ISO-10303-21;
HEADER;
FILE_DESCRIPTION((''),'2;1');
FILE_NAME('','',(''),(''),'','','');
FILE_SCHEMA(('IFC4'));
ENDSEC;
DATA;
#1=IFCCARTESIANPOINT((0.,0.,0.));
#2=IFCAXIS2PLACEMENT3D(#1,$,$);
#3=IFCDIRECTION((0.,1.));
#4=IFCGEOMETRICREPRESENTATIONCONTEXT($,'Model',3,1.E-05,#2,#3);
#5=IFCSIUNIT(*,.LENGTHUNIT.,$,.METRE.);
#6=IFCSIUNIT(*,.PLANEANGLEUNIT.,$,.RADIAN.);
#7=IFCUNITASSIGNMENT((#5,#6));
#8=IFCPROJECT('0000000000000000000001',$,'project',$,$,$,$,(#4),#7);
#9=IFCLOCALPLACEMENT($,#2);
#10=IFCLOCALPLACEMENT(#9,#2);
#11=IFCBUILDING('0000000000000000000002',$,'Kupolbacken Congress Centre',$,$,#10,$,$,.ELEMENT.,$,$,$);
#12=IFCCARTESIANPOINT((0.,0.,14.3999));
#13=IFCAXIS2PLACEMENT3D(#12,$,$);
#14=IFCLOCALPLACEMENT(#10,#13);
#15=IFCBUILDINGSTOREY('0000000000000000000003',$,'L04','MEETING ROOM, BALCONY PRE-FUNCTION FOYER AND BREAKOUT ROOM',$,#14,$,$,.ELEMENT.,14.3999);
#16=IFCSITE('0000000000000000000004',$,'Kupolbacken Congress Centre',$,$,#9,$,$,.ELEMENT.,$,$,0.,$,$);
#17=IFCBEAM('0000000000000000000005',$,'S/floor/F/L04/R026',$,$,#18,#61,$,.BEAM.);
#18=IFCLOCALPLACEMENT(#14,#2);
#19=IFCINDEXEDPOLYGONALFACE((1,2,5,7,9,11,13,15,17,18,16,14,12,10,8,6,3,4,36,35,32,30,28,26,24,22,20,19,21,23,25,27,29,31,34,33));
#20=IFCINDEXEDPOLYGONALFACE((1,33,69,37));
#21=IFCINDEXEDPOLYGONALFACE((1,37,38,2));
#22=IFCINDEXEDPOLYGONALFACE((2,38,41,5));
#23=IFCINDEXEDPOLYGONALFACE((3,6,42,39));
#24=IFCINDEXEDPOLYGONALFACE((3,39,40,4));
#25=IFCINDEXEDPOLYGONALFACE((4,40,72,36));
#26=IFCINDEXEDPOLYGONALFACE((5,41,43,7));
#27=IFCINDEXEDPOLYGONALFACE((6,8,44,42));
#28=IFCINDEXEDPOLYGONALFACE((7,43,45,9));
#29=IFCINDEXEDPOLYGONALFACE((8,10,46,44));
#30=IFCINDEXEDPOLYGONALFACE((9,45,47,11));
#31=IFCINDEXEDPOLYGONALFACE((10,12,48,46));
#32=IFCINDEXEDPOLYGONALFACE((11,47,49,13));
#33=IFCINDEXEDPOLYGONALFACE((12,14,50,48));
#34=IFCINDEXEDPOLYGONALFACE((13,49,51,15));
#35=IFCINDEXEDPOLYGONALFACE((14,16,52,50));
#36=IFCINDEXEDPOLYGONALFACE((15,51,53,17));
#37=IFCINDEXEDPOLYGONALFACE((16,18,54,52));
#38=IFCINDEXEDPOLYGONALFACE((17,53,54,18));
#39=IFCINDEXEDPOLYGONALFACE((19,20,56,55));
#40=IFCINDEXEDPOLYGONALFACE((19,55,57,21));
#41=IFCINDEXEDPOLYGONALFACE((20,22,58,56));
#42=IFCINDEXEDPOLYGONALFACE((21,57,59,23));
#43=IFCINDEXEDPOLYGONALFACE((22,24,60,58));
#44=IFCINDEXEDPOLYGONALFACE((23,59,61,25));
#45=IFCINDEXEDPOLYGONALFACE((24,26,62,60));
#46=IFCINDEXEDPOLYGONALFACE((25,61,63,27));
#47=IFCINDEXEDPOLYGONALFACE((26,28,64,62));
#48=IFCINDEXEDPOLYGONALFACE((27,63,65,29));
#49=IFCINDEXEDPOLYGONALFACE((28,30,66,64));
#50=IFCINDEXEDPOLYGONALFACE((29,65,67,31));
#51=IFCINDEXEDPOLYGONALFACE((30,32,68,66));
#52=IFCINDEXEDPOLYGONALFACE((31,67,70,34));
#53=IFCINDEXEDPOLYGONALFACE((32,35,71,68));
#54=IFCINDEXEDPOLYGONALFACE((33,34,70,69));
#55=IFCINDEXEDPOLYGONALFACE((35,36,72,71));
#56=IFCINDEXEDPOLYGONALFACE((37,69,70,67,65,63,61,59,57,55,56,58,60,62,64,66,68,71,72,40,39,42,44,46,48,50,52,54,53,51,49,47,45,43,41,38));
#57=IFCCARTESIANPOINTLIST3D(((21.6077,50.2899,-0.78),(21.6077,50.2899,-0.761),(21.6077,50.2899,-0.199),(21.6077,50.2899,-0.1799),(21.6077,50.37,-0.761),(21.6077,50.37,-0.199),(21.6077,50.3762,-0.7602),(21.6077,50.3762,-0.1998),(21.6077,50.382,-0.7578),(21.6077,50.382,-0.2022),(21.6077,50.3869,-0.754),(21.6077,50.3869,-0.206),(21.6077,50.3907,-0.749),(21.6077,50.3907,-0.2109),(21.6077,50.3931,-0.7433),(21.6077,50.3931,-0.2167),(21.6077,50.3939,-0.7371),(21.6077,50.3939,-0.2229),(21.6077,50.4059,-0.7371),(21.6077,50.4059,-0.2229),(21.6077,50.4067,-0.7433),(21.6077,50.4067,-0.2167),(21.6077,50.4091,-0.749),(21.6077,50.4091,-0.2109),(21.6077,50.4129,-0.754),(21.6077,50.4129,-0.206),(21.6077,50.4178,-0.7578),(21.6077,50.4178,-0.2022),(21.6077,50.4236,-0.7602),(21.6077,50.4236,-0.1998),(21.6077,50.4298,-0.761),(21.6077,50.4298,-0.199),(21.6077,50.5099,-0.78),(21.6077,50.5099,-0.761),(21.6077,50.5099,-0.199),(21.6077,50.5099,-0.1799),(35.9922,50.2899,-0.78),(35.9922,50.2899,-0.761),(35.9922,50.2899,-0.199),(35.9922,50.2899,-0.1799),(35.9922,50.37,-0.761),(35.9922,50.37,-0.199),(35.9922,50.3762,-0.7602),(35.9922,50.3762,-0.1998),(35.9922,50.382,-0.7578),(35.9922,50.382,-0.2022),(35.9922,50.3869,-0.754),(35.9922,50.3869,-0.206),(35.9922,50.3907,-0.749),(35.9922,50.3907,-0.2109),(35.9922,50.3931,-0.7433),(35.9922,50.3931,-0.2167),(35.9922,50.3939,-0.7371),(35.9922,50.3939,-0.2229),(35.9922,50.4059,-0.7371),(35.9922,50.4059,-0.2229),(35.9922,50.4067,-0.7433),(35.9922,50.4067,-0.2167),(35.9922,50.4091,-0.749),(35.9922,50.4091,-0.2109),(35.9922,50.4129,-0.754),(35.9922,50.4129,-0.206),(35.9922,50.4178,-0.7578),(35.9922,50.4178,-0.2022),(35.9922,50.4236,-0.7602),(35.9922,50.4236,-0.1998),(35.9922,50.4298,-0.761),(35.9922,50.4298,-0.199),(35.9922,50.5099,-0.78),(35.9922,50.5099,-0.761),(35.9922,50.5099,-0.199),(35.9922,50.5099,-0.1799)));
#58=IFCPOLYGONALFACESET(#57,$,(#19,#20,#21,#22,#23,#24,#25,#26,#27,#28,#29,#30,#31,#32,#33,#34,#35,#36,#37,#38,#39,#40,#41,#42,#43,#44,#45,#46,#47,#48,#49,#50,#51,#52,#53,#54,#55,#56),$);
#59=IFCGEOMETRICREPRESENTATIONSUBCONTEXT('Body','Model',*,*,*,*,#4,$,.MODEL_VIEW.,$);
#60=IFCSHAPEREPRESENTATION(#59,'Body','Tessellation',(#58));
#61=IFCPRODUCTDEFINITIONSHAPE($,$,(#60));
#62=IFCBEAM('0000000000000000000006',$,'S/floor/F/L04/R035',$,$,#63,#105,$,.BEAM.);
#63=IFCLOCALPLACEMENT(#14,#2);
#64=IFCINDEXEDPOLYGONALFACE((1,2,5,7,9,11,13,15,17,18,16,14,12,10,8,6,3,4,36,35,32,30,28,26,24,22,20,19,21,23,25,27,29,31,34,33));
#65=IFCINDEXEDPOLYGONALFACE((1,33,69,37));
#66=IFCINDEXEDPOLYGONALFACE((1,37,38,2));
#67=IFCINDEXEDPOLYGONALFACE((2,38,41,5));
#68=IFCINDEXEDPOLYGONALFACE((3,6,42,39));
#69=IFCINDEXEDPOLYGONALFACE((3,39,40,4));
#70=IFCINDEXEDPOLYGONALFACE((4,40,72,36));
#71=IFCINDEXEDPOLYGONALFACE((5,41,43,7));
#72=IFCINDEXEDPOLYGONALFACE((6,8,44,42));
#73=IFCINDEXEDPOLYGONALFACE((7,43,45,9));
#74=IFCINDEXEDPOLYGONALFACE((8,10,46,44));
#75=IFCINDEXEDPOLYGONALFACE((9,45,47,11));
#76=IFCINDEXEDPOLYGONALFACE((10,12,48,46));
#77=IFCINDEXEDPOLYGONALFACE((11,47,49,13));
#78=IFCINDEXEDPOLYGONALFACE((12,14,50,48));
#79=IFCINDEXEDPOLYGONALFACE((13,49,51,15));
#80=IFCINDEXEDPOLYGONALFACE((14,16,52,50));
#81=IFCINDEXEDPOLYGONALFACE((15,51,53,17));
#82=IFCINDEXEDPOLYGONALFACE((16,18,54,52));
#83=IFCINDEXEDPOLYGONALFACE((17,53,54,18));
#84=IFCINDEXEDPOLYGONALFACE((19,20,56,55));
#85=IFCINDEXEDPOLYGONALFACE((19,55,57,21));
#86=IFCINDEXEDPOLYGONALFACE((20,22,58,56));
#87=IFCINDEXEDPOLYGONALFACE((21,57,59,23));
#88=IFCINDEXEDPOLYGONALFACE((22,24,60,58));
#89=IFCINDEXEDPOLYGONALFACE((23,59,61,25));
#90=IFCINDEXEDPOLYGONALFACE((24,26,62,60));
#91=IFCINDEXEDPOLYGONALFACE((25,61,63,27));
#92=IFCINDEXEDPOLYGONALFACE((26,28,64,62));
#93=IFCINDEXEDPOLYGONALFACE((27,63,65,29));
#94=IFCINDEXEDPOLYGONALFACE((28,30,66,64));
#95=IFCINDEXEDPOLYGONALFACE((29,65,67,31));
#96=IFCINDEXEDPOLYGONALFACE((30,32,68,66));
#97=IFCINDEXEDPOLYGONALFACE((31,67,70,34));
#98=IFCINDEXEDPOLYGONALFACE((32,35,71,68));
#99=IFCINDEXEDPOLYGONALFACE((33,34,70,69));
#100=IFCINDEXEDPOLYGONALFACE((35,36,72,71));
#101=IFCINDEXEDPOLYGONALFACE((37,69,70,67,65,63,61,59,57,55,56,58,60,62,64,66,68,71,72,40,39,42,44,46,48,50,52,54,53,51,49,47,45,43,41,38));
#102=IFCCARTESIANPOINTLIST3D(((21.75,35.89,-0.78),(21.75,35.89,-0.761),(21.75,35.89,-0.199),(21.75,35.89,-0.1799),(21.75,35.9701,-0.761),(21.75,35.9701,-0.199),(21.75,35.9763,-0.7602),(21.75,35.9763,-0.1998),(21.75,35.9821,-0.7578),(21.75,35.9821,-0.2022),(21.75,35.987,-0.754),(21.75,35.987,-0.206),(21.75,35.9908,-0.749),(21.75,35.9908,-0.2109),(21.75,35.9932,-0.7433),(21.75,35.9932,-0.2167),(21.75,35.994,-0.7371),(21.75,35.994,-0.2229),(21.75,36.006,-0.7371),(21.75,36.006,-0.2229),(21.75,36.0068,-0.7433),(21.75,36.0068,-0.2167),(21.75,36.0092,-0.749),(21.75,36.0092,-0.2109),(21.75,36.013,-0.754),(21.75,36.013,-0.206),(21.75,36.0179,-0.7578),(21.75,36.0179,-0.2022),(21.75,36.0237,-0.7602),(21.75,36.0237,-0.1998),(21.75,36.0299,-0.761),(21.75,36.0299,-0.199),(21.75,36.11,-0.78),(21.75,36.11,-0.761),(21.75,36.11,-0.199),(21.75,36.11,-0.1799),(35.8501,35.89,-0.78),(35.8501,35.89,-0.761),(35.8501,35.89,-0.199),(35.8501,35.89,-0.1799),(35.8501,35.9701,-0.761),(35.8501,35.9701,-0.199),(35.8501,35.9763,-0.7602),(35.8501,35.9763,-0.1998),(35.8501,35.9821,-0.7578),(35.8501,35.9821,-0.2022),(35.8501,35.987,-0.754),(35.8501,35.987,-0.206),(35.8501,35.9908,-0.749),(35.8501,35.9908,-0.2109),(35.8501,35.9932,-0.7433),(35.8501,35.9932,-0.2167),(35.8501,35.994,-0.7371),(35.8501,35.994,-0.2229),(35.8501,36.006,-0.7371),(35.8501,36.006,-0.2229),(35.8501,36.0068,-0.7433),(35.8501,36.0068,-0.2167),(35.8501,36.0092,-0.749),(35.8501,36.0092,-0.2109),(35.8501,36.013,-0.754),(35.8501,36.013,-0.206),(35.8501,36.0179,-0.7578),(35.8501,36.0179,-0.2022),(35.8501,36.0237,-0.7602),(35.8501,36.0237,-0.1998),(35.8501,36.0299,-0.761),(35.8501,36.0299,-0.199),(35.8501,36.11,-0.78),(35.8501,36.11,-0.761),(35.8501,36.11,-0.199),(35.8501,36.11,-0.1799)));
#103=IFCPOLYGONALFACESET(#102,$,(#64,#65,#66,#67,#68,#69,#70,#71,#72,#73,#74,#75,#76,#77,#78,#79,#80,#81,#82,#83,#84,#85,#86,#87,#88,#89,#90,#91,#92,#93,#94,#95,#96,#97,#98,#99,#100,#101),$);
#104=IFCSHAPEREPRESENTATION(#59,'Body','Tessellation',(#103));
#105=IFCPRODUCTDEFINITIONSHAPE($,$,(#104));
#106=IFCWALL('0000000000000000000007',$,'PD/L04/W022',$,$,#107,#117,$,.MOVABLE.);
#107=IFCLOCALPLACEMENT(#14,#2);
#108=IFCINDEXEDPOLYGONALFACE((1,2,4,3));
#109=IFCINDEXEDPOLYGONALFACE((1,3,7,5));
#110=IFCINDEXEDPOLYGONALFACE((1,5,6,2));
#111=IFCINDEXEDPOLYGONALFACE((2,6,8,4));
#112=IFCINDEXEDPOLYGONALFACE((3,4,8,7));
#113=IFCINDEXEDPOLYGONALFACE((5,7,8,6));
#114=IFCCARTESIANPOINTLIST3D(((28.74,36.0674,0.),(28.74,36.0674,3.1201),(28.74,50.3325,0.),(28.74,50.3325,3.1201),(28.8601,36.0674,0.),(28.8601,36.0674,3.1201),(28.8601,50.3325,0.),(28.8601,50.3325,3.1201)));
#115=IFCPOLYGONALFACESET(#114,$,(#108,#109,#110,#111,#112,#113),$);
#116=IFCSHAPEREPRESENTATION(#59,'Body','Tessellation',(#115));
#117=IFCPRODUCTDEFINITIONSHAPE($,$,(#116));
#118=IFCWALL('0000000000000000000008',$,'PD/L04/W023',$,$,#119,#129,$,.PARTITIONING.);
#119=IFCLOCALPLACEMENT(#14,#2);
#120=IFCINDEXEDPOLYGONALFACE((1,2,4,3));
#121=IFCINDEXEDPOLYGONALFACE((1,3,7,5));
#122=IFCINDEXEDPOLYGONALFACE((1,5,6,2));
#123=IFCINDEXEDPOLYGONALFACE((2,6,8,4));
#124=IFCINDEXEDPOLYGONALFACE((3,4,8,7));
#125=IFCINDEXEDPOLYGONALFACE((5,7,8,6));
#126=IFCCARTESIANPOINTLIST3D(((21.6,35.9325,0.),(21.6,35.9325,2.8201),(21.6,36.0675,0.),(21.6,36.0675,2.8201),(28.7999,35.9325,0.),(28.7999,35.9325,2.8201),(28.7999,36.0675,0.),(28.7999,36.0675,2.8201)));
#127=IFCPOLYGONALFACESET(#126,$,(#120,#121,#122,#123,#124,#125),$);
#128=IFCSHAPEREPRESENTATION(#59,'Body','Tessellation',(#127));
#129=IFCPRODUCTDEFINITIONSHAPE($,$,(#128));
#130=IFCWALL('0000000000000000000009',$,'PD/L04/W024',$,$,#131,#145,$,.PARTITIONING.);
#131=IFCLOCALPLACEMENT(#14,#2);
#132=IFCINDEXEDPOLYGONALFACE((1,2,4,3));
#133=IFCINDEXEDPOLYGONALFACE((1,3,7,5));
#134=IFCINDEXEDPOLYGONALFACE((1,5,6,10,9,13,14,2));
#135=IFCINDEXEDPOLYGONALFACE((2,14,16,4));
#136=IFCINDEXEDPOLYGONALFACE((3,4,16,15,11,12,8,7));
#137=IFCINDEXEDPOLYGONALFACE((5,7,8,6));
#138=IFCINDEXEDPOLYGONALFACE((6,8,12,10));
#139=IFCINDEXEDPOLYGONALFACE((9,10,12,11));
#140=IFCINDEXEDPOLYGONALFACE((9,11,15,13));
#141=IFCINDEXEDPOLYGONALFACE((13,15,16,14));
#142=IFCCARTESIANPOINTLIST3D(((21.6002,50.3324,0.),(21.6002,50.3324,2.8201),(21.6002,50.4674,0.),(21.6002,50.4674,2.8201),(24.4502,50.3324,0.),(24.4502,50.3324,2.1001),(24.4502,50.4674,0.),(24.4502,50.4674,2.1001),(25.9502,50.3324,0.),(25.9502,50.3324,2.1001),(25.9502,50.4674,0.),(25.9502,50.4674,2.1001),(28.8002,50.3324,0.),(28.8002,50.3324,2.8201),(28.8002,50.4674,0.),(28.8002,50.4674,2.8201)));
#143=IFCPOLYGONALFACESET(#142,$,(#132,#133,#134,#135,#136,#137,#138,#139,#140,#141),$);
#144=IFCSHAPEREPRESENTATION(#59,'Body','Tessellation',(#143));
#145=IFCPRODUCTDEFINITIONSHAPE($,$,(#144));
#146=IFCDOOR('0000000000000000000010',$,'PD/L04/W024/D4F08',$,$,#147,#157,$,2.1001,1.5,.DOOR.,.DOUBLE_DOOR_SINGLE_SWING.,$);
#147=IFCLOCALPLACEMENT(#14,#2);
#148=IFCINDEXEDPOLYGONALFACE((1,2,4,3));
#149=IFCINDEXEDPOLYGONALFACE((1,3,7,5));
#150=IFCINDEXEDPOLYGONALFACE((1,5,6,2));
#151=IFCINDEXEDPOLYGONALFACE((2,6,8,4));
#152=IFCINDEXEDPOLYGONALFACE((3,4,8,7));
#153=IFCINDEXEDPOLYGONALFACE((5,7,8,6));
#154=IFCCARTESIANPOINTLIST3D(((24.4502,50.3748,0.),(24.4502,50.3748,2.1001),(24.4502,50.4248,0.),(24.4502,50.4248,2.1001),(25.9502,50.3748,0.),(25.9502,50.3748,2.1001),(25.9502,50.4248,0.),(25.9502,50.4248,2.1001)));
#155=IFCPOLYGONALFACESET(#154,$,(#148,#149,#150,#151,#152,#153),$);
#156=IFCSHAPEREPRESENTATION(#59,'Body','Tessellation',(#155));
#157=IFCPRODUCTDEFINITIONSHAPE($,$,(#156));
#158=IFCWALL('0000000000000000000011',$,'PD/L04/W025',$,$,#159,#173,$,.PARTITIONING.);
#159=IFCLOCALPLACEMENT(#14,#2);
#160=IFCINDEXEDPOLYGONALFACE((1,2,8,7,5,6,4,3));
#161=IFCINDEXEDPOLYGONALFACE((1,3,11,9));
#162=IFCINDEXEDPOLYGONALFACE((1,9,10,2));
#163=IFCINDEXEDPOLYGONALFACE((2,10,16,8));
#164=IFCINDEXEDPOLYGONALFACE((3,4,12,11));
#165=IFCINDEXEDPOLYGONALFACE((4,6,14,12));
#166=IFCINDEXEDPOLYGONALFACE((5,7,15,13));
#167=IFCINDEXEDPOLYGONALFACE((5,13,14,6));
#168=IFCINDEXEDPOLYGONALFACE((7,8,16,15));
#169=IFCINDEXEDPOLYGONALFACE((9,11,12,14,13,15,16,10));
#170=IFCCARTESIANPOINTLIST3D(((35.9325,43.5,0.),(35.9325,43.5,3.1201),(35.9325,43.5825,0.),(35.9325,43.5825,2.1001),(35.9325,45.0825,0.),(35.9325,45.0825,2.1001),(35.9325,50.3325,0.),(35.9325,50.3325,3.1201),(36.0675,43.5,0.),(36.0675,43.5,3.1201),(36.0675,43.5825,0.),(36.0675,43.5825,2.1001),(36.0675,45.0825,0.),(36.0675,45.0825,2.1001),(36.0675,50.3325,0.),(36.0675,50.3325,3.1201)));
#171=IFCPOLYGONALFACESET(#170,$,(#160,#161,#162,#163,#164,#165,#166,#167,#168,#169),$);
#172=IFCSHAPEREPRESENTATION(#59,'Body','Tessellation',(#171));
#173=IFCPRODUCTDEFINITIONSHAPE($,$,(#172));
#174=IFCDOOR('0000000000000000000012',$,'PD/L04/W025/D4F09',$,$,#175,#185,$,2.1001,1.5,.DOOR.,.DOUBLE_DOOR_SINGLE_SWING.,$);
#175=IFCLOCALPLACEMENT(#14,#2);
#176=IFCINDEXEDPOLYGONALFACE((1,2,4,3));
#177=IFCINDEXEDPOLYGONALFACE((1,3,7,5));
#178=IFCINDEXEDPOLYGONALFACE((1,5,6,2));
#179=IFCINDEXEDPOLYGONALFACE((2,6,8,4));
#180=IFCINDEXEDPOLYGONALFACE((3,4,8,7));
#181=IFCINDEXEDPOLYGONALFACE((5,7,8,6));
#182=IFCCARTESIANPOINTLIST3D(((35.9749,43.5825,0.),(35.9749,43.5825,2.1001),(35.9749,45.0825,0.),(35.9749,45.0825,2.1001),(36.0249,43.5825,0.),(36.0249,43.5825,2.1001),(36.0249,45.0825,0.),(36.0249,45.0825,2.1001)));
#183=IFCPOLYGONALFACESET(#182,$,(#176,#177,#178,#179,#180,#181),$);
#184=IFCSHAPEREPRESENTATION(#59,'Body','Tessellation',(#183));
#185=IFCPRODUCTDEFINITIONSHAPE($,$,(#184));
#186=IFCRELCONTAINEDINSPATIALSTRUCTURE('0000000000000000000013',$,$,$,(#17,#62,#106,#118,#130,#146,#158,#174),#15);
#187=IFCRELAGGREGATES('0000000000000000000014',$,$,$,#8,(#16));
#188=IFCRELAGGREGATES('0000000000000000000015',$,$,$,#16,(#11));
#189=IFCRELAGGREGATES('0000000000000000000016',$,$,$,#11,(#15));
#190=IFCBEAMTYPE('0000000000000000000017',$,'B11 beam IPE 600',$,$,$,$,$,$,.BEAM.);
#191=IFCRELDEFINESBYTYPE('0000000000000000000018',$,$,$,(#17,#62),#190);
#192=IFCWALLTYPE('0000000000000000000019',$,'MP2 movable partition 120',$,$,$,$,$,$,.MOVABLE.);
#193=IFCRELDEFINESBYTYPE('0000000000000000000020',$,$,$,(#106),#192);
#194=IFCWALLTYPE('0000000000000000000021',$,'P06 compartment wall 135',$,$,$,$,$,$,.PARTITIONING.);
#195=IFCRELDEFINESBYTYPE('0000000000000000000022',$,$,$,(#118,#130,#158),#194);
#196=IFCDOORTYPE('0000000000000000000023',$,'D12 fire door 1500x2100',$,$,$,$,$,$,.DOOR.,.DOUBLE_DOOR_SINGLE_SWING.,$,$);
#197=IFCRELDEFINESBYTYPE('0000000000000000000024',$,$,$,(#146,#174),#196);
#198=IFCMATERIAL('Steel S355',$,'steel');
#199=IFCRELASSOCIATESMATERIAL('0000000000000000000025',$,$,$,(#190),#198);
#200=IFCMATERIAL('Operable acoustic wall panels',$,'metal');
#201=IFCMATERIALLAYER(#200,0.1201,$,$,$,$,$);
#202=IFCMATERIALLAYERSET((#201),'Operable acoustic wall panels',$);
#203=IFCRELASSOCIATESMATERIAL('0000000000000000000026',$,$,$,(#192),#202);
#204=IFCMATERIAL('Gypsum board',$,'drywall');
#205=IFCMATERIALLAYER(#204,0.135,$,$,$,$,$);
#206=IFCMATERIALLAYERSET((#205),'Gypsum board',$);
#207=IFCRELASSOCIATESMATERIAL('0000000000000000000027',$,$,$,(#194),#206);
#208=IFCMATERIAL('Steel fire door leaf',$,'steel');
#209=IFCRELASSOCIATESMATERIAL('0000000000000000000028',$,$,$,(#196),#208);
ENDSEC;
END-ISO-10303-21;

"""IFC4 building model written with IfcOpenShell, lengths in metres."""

from ifc_helpers import new_model, si_unit, direction, frame, frame_2d, origin, origin_2d, place, context, subcontext, project, spatial, rectangle, i_section, extrude, material, layer, layer_set, material_profile, profile_set, type_object, element, fill, save


model = new_model("IFC4")

# Units and contexts
model_context = context("Model", 3, precision=1e-05, world=origin(), true_north=direction((0.0, 1.0)))
body_context = subcontext(model_context, "Body", "Model", "MODEL_VIEW")
ifc_project = project(units=[si_unit("LENGTHUNIT", "METRE"), si_unit("PLANEANGLEUNIT", "RADIAN")], contexts=[model_context])

# Site, building, storey
site_placement = place(None, origin())
site = spatial("IfcSite", under=ifc_project, at=site_placement, Name="Kupolbacken Congress Centre", CompositionType="ELEMENT", RefElevation=0.0)
building_placement = place(site_placement, origin())
building = spatial("IfcBuilding", under=site, at=building_placement, Name="Kupolbacken Congress Centre", CompositionType="ELEMENT")
storey_placement = place(building_placement, frame((0.0, 0.0, 14.3999)))
storey = spatial("IfcBuildingStorey", under=building, at=storey_placement, Name="L04", Description="MEETING ROOM, BALCONY PRE-FUNCTION FOYER AND BREAKOUT ROOM", CompositionType="ELEMENT", Elevation=14.3999)

# Beams
ifc_material_1 = material(Name="Steel S355", Category="steel")
ifc_material_profile_1 = material_profile(ifc_material_1, i_section(OverallWidth=0.22, OverallDepth=0.6001, WebThickness=0.012, FlangeThickness=0.019, FilletRadius=0.0239, at=origin_2d()), Name="IPE 600")
ifc_profile_set_1 = profile_set([ifc_material_profile_1], Name="Steel S355")
beam_type_1 = type_object("IfcBeamType", Name="B11 beam IPE 600", PredefinedType="BEAM", material=ifc_profile_set_1)
for number, where, z_axis, x_axis, name in (
    (1, (21.6077, 50.3999, -0.48), (1.0, 0.0, 0.0), (0.0, 1.0, 0.0), "S/floor/F/L04/R026"),
):
    element("IfcBeam", number, at=place(storey_placement, frame(where, z_axis=z_axis, x_axis=x_axis)), inside=storey, type_object=beam_type_1, Name=name, PredefinedType="BEAM", context=body_context, shape_type="SweptSolid", body=[
        extrude(i_section(OverallWidth=0.22, OverallDepth=0.6001, WebThickness=0.012, FlangeThickness=0.019, FilletRadius=0.0239, at=origin_2d()), origin(), (0.0, 0.0, 1.0), 14.3845),
    ])
beam_1_placement = place(storey_placement, frame((21.75, 36.0, -0.48), z_axis=(1.0, 0.0, 0.0), x_axis=(0.0, 1.0, 0.0)))
element("IfcBeam", 2, at=beam_1_placement, inside=storey, type_object=beam_type_1, Name="S/floor/F/L04/R035", PredefinedType="BEAM", context=body_context, shape_type="SweptSolid", body=[
    extrude(i_section(OverallWidth=0.22, OverallDepth=0.6001, WebThickness=0.012, FlangeThickness=0.019, FilletRadius=0.0239, at=origin_2d()), origin(), (0.0, 0.0, 1.0), 14.1001),
])

# Walls
ifc_material_2 = material(Name="Operable acoustic wall panels", Category="metal")
ifc_layer_1 = layer(ifc_material_2, 0.1201)
ifc_layer_set_1 = layer_set([ifc_layer_1], Name="Operable acoustic wall panels")
wall_type_1 = type_object("IfcWallType", Name="MP2 movable partition 120", PredefinedType="MOVABLE", material=ifc_layer_set_1)
wall_1_placement = place(storey_placement, frame((28.8, 50.3325, 0.0), z_axis=(0.0, 0.0, 1.0), x_axis=(0.0, -1.0, 0.0)))
element("IfcWall", 3, at=wall_1_placement, inside=storey, type_object=wall_type_1, Name="PD/L04/W022", PredefinedType="MOVABLE", context=body_context, shape_type="SweptSolid", body=[
    extrude(rectangle(XDim=14.2651, YDim=0.1201, at=frame_2d((7.1326, 0.0))), origin(), (0.0, 0.0, 1.0), 3.1201),
])
ifc_material_3 = material(Name="Gypsum board", Category="drywall")
ifc_layer_2 = layer(ifc_material_3, 0.135)
ifc_layer_set_2 = layer_set([ifc_layer_2], Name="Gypsum board")
wall_type_2 = type_object("IfcWallType", Name="P06 compartment wall 135", PredefinedType="PARTITIONING", material=ifc_layer_set_2)
wall_2_placement = place(storey_placement, frame((28.8, 36.0, 0.0), z_axis=(0.0, 0.0, 1.0), x_axis=(-1.0, 0.0, 0.0)))
element("IfcWall", 4, at=wall_2_placement, inside=storey, type_object=wall_type_2, Name="PD/L04/W023", PredefinedType="PARTITIONING", context=body_context, shape_type="SweptSolid", body=[
    extrude(rectangle(XDim=7.2, YDim=0.135, at=frame_2d((3.6001, 0.0))), origin(), (0.0, 0.0, 1.0), 2.8201),
])

# Walls, openings, doors
wall_3_placement = place(storey_placement, frame((21.6001, 50.3999, 0.0), z_axis=(0.0, 0.0, 1.0), x_axis=(1.0, 0.0, 0.0)))
wall_3 = element("IfcWall", 5, at=wall_3_placement, inside=storey, type_object=wall_type_2, Name="PD/L04/W024", PredefinedType="PARTITIONING", context=body_context, shape_type="SweptSolid", body=[
    extrude(rectangle(XDim=7.2, YDim=0.135, at=frame_2d((3.6001, 0.0))), origin(), (0.0, 0.0, 1.0), 2.8201),
])
opening_1_placement = place(wall_3_placement, frame((2.8501, 0.0, 0.0)))
opening_1 = element("IfcOpeningElement", 6, at=opening_1_placement, cuts=wall_3, PredefinedType="OPENING", context=body_context, shape_type="SweptSolid", body=[
    extrude(rectangle(XDim=1.5, YDim=2.1001, at=frame_2d((0.75, 1.05))), frame((0.0, 0.0774, 0.0), z_axis=(0.0, -1.0, 0.0), x_axis=(1.0, 0.0, 0.0)), (0.0, 0.0, 1.0), 0.155),
])
ifc_material_4 = material(Name="Steel fire door leaf", Category="steel")
door_type_1 = type_object("IfcDoorType", Name="D12 fire door 1500x2100", OperationType="DOUBLE_DOOR_SINGLE_SWING", PredefinedType="DOOR", material=ifc_material_4)
door_1_placement = place(opening_1_placement, origin())
door_1 = element("IfcDoor", 7, at=door_1_placement, inside=storey, type_object=door_type_1, Name="PD/L04/W024/D4F08", OperationType="DOUBLE_DOOR_SINGLE_SWING", OverallHeight=2.1001, OverallWidth=1.5, PredefinedType="DOOR", context=body_context, shape_type="SweptSolid", body=[
    extrude(rectangle(XDim=1.5, YDim=2.1001, at=frame_2d((0.75, 1.05))), frame((0.0, 0.0249, 0.0), z_axis=(0.0, -1.0, 0.0), x_axis=(1.0, 0.0, 0.0)), (0.0, 0.0, 1.0), 0.05),
])
fill(opening_1, door_1)
wall_4_placement = place(storey_placement, frame((36.0, 50.3325, 0.0), z_axis=(0.0, 0.0, 1.0), x_axis=(0.0, -1.0, 0.0)))
wall_4 = element("IfcWall", 8, at=wall_4_placement, inside=storey, type_object=wall_type_2, Name="PD/L04/W025", PredefinedType="PARTITIONING", context=body_context, shape_type="SweptSolid", body=[
    extrude(rectangle(XDim=6.8325, YDim=0.135, at=frame_2d((3.4163, 0.0))), origin(), (0.0, 0.0, 1.0), 3.1201),
])
opening_2_placement = place(wall_4_placement, frame((5.25, 0.0, 0.0)))
opening_2 = element("IfcOpeningElement", 9, at=opening_2_placement, cuts=wall_4, PredefinedType="OPENING", context=body_context, shape_type="SweptSolid", body=[
    extrude(rectangle(XDim=1.5, YDim=2.1001, at=frame_2d((0.75, 1.05))), frame((0.0, 0.0774, 0.0), z_axis=(0.0, -1.0, 0.0), x_axis=(1.0, 0.0, 0.0)), (0.0, 0.0, 1.0), 0.155),
])
door_2_placement = place(opening_2_placement, origin())
door_2 = element("IfcDoor", 10, at=door_2_placement, inside=storey, type_object=door_type_1, Name="PD/L04/W025/D4F09", OperationType="DOUBLE_DOOR_SINGLE_SWING", OverallHeight=2.1001, OverallWidth=1.5, PredefinedType="DOOR", context=body_context, shape_type="SweptSolid", body=[
    extrude(rectangle(XDim=1.5, YDim=2.1001, at=frame_2d((0.75, 1.05))), frame((0.0, 0.0249, 0.0), z_axis=(0.0, -1.0, 0.0), x_axis=(1.0, 0.0, 0.0)), (0.0, 0.0, 1.0), 0.05),
])
fill(opening_2, door_2)

save(model, "model.ifc")
